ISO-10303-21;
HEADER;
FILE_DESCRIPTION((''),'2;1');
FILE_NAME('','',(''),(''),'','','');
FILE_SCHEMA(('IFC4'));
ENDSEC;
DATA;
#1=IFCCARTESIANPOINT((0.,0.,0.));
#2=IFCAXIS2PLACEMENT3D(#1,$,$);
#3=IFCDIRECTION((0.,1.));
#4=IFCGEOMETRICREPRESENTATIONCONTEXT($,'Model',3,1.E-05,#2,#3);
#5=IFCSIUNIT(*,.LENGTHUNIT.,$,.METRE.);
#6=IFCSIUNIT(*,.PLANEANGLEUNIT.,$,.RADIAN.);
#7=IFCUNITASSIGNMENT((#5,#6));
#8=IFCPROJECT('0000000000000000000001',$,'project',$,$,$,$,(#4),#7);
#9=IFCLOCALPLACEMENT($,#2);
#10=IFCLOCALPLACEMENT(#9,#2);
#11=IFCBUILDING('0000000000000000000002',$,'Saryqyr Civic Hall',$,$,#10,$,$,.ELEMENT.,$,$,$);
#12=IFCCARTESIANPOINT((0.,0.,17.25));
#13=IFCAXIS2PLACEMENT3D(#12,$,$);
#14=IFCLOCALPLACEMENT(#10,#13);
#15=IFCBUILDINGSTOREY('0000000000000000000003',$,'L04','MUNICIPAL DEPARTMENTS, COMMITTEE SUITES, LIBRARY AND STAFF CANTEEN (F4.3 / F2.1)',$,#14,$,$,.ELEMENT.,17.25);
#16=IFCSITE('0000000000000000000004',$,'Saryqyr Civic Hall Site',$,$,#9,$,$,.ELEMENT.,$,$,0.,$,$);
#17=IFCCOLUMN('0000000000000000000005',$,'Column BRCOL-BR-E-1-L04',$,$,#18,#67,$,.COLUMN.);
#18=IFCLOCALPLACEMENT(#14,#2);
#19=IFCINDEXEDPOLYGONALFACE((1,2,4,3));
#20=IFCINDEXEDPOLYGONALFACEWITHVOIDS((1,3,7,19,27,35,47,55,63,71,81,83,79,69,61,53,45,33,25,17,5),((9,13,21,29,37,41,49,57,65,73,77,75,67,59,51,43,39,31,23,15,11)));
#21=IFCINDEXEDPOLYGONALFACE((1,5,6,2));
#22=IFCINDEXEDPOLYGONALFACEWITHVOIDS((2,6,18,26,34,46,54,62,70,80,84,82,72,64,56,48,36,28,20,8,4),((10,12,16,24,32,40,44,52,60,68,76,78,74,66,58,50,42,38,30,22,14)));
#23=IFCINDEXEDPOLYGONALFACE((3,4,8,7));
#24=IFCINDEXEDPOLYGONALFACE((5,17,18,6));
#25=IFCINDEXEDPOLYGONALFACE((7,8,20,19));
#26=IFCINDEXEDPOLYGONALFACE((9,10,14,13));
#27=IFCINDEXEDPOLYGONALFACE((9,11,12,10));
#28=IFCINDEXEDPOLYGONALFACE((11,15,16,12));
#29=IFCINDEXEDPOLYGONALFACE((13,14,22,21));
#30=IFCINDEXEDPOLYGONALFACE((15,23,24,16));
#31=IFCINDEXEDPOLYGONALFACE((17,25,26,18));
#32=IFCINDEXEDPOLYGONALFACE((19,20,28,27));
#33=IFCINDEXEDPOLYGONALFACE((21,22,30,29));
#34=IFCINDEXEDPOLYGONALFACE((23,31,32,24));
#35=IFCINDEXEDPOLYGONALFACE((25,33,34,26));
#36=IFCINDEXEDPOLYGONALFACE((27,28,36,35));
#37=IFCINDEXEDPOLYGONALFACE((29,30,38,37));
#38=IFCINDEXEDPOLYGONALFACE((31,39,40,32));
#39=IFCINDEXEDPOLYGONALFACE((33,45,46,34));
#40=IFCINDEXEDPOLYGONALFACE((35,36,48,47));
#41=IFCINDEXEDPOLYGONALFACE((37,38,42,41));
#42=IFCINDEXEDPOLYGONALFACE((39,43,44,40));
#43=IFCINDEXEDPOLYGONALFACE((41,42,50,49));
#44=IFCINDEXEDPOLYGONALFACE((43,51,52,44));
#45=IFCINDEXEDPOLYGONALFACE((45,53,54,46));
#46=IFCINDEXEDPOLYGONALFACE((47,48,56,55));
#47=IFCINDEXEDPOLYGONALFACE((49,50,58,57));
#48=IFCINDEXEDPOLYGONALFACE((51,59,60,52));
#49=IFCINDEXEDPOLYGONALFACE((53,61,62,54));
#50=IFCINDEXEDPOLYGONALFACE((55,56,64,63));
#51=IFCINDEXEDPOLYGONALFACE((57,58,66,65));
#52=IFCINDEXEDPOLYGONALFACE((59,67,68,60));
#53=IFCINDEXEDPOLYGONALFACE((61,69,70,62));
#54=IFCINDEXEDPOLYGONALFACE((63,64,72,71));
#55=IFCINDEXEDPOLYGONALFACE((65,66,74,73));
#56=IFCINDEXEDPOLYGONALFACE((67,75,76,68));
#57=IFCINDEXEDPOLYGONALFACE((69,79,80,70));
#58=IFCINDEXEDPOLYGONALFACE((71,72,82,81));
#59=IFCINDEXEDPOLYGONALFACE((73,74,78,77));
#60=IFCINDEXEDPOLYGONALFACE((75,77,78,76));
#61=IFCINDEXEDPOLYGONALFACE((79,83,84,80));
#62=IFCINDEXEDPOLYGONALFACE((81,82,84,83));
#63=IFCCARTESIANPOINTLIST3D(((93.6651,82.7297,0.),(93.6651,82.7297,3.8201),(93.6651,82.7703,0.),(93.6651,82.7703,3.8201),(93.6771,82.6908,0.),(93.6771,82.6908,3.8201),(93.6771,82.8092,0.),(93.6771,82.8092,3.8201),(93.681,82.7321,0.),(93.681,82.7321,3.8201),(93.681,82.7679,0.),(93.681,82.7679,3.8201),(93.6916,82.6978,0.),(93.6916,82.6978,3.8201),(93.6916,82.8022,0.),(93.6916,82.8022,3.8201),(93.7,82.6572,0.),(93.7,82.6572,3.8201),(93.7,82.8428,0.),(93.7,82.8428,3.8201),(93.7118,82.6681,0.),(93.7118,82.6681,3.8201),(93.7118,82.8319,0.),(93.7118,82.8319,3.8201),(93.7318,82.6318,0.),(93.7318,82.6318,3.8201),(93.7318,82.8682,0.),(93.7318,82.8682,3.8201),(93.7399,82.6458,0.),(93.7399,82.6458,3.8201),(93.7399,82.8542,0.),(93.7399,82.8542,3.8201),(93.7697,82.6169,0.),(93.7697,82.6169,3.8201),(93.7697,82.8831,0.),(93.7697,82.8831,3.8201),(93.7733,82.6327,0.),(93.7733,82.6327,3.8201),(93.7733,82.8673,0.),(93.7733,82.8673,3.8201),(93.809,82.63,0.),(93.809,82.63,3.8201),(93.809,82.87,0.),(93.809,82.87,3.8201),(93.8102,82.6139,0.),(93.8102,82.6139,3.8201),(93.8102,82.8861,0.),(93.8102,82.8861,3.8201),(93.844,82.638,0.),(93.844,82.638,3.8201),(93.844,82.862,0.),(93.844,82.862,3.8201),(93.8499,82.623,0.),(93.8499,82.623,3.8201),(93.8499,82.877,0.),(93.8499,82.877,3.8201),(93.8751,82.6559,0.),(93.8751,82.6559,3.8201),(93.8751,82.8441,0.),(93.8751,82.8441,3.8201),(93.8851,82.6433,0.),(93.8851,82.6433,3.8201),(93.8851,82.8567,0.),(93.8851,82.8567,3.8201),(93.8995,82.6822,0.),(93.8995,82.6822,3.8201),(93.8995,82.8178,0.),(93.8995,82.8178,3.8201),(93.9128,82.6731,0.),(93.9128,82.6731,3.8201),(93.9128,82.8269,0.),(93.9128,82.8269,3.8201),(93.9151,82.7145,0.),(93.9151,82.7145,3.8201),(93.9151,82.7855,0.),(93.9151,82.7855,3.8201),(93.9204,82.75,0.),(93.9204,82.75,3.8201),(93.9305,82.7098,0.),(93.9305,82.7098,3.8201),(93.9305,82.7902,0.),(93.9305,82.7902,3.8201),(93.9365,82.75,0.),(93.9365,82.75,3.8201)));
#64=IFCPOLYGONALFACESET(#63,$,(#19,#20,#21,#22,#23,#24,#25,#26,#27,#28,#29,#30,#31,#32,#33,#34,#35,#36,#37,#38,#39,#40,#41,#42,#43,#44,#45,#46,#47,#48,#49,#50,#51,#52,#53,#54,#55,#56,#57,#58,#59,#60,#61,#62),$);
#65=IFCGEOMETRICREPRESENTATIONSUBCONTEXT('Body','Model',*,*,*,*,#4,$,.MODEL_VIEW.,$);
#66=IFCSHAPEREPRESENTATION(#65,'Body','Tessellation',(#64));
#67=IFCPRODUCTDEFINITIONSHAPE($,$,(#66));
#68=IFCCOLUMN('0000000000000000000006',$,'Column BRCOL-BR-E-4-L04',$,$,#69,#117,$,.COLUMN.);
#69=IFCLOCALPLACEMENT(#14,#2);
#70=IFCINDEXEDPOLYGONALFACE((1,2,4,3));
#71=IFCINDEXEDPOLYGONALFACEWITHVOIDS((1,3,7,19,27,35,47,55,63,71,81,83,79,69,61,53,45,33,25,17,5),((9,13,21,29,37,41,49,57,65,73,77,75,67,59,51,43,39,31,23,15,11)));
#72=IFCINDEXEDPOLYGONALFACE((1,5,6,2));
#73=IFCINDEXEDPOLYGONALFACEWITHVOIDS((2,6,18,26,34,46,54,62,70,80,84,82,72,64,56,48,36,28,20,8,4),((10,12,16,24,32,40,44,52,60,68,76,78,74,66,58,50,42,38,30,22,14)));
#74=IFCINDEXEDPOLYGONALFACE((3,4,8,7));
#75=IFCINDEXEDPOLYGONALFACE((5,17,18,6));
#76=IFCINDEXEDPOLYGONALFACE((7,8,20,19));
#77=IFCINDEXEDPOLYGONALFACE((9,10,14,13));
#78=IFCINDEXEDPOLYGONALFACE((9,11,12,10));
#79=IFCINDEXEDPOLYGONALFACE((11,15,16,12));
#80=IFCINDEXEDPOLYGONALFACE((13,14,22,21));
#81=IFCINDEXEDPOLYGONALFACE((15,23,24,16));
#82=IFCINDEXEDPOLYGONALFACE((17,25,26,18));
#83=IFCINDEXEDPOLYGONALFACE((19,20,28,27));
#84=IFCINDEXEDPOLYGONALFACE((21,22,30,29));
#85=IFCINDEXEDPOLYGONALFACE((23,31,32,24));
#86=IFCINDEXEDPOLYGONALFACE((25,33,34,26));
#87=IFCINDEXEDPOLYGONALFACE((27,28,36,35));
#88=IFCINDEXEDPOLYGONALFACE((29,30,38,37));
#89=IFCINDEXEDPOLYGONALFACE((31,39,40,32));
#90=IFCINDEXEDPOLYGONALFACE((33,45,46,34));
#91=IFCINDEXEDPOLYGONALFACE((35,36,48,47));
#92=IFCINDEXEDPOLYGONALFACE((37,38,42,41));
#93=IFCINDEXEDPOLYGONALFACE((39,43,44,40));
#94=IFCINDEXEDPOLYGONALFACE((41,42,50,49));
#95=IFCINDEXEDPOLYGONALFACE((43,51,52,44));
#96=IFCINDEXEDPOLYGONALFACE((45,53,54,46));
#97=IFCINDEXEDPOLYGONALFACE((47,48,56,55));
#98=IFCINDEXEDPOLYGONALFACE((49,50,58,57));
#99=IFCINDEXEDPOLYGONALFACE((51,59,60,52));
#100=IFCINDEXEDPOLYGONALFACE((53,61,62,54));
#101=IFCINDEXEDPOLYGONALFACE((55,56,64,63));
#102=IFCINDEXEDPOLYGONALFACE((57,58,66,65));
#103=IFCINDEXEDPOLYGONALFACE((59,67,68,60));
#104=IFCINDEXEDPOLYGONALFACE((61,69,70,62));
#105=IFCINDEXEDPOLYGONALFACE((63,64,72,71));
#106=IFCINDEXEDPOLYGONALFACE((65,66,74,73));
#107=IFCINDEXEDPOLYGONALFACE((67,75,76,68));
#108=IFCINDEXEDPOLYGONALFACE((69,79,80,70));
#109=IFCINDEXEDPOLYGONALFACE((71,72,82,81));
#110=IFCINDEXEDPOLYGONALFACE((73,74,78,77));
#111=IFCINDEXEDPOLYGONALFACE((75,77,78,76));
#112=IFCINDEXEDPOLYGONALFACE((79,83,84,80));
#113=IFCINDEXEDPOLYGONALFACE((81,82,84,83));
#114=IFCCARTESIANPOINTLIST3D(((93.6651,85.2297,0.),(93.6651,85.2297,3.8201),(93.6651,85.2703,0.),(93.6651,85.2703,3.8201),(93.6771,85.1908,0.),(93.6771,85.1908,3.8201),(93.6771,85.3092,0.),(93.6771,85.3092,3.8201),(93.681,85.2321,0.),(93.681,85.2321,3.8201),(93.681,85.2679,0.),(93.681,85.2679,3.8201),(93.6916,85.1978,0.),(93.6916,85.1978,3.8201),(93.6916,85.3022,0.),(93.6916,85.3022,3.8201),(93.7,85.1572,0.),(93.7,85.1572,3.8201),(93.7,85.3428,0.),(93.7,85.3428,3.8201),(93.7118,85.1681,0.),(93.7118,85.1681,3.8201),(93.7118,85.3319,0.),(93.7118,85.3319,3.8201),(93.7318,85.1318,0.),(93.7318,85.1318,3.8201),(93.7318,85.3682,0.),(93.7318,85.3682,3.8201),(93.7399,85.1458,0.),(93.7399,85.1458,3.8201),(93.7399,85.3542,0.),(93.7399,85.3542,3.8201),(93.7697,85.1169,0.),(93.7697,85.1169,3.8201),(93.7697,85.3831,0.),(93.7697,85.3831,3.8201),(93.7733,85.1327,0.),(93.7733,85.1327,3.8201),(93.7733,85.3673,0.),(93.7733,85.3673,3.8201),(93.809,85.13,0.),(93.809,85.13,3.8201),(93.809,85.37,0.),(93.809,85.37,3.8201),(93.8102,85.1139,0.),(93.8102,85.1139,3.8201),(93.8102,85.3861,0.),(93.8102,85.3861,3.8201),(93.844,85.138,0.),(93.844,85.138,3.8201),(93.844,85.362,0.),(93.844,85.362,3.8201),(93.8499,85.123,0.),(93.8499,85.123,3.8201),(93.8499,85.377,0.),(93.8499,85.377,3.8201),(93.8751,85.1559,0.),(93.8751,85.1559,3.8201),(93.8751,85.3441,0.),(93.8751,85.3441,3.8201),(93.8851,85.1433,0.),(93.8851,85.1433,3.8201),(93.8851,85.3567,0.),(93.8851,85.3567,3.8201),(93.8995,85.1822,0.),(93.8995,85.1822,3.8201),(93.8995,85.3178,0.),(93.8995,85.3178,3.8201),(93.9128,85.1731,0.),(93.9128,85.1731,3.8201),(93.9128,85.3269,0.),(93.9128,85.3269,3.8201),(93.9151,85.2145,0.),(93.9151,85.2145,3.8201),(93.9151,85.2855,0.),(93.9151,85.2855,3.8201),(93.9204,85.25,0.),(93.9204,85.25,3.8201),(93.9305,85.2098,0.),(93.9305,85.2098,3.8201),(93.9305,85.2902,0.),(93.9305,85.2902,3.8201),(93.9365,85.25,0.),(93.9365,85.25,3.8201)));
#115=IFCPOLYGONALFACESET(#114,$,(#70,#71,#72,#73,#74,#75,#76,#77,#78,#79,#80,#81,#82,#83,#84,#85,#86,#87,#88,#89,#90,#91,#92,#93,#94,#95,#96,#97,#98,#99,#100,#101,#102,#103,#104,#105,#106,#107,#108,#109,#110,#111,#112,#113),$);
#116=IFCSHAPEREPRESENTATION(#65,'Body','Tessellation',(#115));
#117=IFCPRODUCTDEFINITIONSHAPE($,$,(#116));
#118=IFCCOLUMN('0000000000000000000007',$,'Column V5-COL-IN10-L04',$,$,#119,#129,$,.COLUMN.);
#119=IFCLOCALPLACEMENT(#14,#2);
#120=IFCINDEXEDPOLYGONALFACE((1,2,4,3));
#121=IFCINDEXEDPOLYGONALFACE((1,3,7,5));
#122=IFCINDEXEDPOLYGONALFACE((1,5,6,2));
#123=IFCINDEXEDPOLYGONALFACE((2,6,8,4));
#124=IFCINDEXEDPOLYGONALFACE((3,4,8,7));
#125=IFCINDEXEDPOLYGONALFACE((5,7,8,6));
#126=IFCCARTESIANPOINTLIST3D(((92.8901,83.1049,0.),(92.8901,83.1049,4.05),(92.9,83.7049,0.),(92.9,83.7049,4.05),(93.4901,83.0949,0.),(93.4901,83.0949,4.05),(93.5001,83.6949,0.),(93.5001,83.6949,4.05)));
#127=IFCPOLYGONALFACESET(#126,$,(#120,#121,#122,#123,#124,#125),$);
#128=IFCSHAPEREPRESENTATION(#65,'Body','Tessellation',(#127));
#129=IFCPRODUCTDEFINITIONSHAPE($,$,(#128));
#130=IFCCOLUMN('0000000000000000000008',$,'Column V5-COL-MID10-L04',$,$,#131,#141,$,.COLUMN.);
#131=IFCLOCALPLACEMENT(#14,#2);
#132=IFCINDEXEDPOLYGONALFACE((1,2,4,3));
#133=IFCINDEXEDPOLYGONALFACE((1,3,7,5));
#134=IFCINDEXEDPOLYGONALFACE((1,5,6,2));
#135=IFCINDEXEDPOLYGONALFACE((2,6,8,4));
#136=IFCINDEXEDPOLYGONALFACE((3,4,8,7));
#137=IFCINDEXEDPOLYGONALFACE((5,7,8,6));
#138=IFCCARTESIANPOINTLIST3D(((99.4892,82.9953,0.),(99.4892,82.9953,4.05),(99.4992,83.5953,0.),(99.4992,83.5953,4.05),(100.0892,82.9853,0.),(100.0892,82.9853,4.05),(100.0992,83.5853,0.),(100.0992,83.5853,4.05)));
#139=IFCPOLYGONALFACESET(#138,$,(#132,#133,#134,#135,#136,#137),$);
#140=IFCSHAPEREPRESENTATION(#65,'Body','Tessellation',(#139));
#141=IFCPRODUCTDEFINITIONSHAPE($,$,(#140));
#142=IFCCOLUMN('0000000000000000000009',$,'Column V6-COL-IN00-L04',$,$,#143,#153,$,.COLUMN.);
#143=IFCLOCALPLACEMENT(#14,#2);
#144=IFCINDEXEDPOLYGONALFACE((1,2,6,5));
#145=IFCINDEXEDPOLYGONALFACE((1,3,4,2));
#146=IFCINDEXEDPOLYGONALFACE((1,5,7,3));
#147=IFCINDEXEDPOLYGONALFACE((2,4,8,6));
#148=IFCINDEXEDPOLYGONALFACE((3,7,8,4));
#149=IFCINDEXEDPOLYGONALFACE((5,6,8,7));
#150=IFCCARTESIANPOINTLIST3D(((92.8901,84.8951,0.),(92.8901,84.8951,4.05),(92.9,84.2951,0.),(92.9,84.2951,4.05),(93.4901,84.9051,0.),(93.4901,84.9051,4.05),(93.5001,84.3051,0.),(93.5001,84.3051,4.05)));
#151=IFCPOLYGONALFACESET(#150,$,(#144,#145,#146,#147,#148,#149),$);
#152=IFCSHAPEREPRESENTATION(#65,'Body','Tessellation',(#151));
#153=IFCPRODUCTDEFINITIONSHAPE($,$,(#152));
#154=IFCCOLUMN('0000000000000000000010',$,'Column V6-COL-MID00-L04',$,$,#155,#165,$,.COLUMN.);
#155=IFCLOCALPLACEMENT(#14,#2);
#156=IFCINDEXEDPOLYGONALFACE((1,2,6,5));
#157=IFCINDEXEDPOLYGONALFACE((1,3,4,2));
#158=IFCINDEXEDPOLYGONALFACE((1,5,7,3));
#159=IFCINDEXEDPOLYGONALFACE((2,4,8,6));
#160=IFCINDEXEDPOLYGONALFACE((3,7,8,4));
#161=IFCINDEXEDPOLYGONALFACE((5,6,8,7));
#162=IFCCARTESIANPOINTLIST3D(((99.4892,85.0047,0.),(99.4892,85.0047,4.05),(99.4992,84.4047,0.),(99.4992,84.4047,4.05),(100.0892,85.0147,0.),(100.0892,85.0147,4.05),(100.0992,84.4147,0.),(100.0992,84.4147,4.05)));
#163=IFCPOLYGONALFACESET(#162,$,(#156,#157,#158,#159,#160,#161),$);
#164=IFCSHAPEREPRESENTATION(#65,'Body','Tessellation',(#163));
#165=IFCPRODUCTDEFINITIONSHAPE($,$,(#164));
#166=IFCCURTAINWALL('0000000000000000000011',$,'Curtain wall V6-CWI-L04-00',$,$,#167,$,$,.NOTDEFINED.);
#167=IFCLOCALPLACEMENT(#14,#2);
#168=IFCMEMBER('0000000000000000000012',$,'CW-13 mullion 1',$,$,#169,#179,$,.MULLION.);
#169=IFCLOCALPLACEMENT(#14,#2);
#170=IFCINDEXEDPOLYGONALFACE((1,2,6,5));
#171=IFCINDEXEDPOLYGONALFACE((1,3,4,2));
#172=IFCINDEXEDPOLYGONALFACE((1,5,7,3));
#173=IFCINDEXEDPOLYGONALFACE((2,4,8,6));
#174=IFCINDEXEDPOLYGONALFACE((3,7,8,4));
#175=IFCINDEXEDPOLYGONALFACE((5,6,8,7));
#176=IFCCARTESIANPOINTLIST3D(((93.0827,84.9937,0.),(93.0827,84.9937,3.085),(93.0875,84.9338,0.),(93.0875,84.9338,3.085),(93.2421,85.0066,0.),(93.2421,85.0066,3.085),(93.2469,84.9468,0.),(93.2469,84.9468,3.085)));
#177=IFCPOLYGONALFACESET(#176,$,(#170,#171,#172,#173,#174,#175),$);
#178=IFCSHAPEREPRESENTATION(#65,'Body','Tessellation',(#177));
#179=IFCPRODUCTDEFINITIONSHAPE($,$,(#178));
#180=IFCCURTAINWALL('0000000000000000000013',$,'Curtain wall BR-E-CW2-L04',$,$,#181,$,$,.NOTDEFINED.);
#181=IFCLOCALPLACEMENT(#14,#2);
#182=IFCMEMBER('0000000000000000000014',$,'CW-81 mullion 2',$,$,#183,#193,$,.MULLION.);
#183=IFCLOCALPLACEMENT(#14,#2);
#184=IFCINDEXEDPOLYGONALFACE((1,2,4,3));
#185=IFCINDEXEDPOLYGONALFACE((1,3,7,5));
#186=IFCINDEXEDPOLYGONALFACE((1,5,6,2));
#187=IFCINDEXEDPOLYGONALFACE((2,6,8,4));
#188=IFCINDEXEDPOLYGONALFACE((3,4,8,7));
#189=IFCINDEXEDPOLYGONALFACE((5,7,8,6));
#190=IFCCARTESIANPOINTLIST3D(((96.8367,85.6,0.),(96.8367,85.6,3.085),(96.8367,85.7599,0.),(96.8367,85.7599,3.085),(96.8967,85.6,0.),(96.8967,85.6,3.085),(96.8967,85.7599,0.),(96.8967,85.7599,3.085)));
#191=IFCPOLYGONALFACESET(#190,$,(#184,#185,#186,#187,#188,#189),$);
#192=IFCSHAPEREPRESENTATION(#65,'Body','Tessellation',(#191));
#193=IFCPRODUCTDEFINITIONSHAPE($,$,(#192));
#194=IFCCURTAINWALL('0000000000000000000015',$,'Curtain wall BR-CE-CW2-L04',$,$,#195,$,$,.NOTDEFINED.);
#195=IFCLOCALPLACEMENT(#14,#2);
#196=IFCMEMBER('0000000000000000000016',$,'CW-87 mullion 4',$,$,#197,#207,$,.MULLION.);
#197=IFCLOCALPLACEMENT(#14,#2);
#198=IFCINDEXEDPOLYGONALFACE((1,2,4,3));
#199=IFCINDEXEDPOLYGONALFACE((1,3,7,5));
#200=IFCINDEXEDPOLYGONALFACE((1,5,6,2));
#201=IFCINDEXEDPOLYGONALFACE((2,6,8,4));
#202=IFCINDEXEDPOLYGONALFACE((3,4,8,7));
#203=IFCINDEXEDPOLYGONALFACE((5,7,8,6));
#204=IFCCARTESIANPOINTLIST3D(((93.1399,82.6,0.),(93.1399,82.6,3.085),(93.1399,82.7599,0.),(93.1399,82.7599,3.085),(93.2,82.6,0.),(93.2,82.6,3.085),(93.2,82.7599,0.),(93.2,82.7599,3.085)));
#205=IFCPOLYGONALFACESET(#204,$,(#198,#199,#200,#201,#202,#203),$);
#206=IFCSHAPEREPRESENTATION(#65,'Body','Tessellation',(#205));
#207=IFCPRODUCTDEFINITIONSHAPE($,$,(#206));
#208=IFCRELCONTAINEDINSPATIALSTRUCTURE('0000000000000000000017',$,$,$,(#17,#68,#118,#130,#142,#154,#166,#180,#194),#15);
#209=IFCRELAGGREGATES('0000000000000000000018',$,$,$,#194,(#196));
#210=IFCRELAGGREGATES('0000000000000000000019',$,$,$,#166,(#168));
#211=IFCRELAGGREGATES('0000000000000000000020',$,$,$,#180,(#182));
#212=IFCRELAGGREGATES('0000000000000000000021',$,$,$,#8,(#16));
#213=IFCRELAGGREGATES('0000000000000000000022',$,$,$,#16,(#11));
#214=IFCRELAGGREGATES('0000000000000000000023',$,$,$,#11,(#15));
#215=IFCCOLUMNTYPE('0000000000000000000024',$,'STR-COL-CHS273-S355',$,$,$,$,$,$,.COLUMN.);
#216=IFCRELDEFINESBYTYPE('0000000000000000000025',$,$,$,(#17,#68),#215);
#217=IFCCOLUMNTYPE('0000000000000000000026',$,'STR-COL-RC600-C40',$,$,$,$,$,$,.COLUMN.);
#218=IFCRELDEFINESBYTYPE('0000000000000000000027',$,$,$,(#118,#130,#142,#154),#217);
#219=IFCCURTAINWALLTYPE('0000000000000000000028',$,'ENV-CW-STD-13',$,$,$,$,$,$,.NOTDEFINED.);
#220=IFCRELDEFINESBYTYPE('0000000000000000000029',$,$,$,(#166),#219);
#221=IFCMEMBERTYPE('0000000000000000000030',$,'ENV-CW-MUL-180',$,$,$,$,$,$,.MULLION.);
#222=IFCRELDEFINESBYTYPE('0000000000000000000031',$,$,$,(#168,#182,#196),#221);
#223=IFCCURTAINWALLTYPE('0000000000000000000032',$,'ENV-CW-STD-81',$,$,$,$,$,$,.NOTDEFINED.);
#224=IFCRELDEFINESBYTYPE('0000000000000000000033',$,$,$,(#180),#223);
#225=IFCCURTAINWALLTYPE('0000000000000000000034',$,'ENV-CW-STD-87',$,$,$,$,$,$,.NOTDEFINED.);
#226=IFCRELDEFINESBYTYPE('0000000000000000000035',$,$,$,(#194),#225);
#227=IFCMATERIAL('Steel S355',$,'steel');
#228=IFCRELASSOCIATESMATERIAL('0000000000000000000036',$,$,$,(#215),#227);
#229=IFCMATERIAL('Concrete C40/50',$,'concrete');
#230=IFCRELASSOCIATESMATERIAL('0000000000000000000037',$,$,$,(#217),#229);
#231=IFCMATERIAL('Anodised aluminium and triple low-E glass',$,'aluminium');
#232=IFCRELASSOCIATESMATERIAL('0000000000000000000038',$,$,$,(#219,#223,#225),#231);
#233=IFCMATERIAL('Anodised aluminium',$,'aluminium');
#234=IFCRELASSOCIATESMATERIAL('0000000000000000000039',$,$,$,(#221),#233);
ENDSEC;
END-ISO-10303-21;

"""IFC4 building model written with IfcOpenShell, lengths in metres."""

from ifc_helpers import new_model, si_unit, direction, frame, origin, origin_2d, place, context, subcontext, project, spatial, rectangle, hollow_circle, extrude, material, material_profile, profile_set, type_object, element, aggregate, save


model = new_model("IFC4")

# Units and contexts
model_context = context("Model", 3, precision=1e-05, world=origin(), true_north=direction((0.0, 1.0)))
body_context = subcontext(model_context, "Body", "Model", "MODEL_VIEW")
ifc_project = project(units=[si_unit("LENGTHUNIT", "METRE"), si_unit("PLANEANGLEUNIT", "RADIAN")], contexts=[model_context])

# Site, building, storey
site_placement = place(None, origin())
site = spatial("IfcSite", under=ifc_project, at=site_placement, Name="Saryqyr Civic Hall Site", CompositionType="ELEMENT", RefElevation=0.0)
building_placement = place(site_placement, origin())
building = spatial("IfcBuilding", under=site, at=building_placement, Name="Saryqyr Civic Hall", CompositionType="ELEMENT")
storey_placement = place(building_placement, frame((0.0, 0.0, 17.25)))
storey = spatial("IfcBuildingStorey", under=building, at=storey_placement, Name="L04", Description="MUNICIPAL DEPARTMENTS, COMMITTEE SUITES, LIBRARY AND STAFF CANTEEN (F4.3 / F2.1)", CompositionType="ELEMENT", Elevation=17.25)

# Columns
ifc_material_1 = material(Name="Steel S355", Category="steel")
ifc_material_profile_1 = material_profile(ifc_material_1, hollow_circle(Radius=0.1365, WallThickness=0.0161, at=origin_2d()), Name="CHS 273x16")
ifc_profile_set_1 = profile_set([ifc_material_profile_1], Name="Steel S355")
column_type_1 = type_object("IfcColumnType", Name="STR-COL-CHS273-S355", PredefinedType="COLUMN", material=ifc_profile_set_1)
for number, where, z_axis, x_axis, name in (
    (1, (93.8, 82.75, 0.0), (0.0, 0.0, 1.0), (1.0, 0.0, 0.0), "Column BRCOL-BR-E-1-L04"),
    (2, (93.8, 85.25, 0.0), (0.0, 0.0, 1.0), (1.0, 0.0, 0.0), "Column BRCOL-BR-E-4-L04"),
):
    element("IfcColumn", number, at=place(storey_placement, frame(where, z_axis=z_axis, x_axis=x_axis)), inside=storey, type_object=column_type_1, Name=name, PredefinedType="COLUMN", context=body_context, shape_type="SweptSolid", body=[
        extrude(hollow_circle(Radius=0.1365, WallThickness=0.0161, at=origin_2d()), origin(), (0.0, 0.0, 1.0), 3.8201),
    ])
ifc_material_2 = material(Name="Concrete C40/50", Category="concrete")
ifc_material_profile_2 = material_profile(ifc_material_2, rectangle(XDim=0.6001, YDim=0.6001, at=origin_2d()), Name="RC 600x600")
ifc_profile_set_2 = profile_set([ifc_material_profile_2], Name="Concrete C40/50")
column_type_2 = type_object("IfcColumnType", Name="STR-COL-RC600-C40", PredefinedType="COLUMN", material=ifc_profile_set_2)
for number, where, z_axis, x_axis, name in (
    (3, (93.1951, 83.3999, 0.0), (0.0, 0.0, 1.0), (0.999863, -0.01658, 0.0), "Column V5-COL-IN10-L04"),
    (4, (99.7942, 83.2903, 0.0), (0.0, 0.0, 1.0), (0.999863, -0.01658, 0.0), "Column V5-COL-MID10-L04"),
    (5, (93.1951, 84.6001, 0.0), (0.0, 0.0, 1.0), (0.999863, 0.01658, 0.0), "Column V6-COL-IN00-L04"),
    (6, (99.7942, 84.7097, 0.0), (0.0, 0.0, 1.0), (0.999863, 0.01658, 0.0), "Column V6-COL-MID00-L04"),
):
    element("IfcColumn", number, at=place(storey_placement, frame(where, z_axis=z_axis, x_axis=x_axis)), inside=storey, type_object=column_type_2, Name=name, PredefinedType="COLUMN", context=body_context, shape_type="SweptSolid", body=[
        extrude(rectangle(XDim=0.6001, YDim=0.6001, at=origin_2d()), origin(), (0.0, 0.0, 1.0), 4.05),
    ])

# Curtain walls, members
ifc_material_3 = material(Name="Anodised aluminium and triple low-E glass", Category="aluminium")
curtain_wall_type_1 = type_object("IfcCurtainWallType", Name="ENV-CW-STD-13", PredefinedType="NOTDEFINED", material=ifc_material_3)
curtain_wall_1_placement = place(storey_placement, origin())
curtain_wall_1 = element("IfcCurtainWall", 7, at=curtain_wall_1_placement, inside=storey, type_object=curtain_wall_type_1, Name="Curtain wall V6-CWI-L04-00", PredefinedType="NOTDEFINED")
ifc_material_4 = material(Name="Anodised aluminium", Category="aluminium")
ifc_material_profile_3 = material_profile(ifc_material_4, rectangle(XDim=0.0601, YDim=0.1599, at=origin_2d()), Name="ALU MULLION 60x160")
ifc_profile_set_3 = profile_set([ifc_material_profile_3], Name="Anodised aluminium")
member_type_1 = type_object("IfcMemberType", Name="ENV-CW-MUL-180", PredefinedType="MULLION", material=ifc_profile_set_3)
member_1_placement = place(storey_placement, frame((93.1648, 84.9702, 0.0), z_axis=(0.0, 0.0, 1.0), x_axis=(-0.081091, 0.996707, 0.0)))
member_1 = element("IfcMember", 8, at=member_1_placement, type_object=member_type_1, Name="CW-13 mullion 1", PredefinedType="MULLION", context=body_context, shape_type="SweptSolid", body=[
    extrude(rectangle(XDim=0.0601, YDim=0.1599, at=origin_2d()), origin(), (0.0, 0.0, 1.0), 3.085),
])
curtain_wall_type_2 = type_object("IfcCurtainWallType", Name="ENV-CW-STD-81", PredefinedType="NOTDEFINED", material=ifc_material_3)
curtain_wall_2_placement = place(storey_placement, origin())
curtain_wall_2 = element("IfcCurtainWall", 9, at=curtain_wall_2_placement, inside=storey, type_object=curtain_wall_type_2, Name="Curtain wall BR-E-CW2-L04", PredefinedType="NOTDEFINED")
member_2_placement = place(storey_placement, frame((96.8667, 85.6799, 0.0), z_axis=(0.0, 0.0, 1.0), x_axis=(1.0, 0.0, 0.0)))
member_2 = element("IfcMember", 10, at=member_2_placement, type_object=member_type_1, Name="CW-81 mullion 2", PredefinedType="MULLION", context=body_context, shape_type="SweptSolid", body=[
    extrude(rectangle(XDim=0.0601, YDim=0.1599, at=origin_2d()), origin(), (0.0, 0.0, 1.0), 3.085),
])
curtain_wall_type_3 = type_object("IfcCurtainWallType", Name="ENV-CW-STD-87", PredefinedType="NOTDEFINED", material=ifc_material_3)
curtain_wall_3_placement = place(storey_placement, origin())
curtain_wall_3 = element("IfcCurtainWall", 11, at=curtain_wall_3_placement, inside=storey, type_object=curtain_wall_type_3, Name="Curtain wall BR-CE-CW2-L04", PredefinedType="NOTDEFINED")
member_3_placement = place(storey_placement, frame((93.1699, 82.6799, 0.0), z_axis=(0.0, 0.0, 1.0), x_axis=(1.0, 0.0, 0.0)))
member_3 = element("IfcMember", 12, at=member_3_placement, type_object=member_type_1, Name="CW-87 mullion 4", PredefinedType="MULLION", context=body_context, shape_type="SweptSolid", body=[
    extrude(rectangle(XDim=0.0601, YDim=0.1599, at=origin_2d()), origin(), (0.0, 0.0, 1.0), 3.085),
])
aggregate(curtain_wall_3, [member_3])

aggregate(curtain_wall_1, [member_1])

aggregate(curtain_wall_2, [member_2])

save(model, "model.ifc")
